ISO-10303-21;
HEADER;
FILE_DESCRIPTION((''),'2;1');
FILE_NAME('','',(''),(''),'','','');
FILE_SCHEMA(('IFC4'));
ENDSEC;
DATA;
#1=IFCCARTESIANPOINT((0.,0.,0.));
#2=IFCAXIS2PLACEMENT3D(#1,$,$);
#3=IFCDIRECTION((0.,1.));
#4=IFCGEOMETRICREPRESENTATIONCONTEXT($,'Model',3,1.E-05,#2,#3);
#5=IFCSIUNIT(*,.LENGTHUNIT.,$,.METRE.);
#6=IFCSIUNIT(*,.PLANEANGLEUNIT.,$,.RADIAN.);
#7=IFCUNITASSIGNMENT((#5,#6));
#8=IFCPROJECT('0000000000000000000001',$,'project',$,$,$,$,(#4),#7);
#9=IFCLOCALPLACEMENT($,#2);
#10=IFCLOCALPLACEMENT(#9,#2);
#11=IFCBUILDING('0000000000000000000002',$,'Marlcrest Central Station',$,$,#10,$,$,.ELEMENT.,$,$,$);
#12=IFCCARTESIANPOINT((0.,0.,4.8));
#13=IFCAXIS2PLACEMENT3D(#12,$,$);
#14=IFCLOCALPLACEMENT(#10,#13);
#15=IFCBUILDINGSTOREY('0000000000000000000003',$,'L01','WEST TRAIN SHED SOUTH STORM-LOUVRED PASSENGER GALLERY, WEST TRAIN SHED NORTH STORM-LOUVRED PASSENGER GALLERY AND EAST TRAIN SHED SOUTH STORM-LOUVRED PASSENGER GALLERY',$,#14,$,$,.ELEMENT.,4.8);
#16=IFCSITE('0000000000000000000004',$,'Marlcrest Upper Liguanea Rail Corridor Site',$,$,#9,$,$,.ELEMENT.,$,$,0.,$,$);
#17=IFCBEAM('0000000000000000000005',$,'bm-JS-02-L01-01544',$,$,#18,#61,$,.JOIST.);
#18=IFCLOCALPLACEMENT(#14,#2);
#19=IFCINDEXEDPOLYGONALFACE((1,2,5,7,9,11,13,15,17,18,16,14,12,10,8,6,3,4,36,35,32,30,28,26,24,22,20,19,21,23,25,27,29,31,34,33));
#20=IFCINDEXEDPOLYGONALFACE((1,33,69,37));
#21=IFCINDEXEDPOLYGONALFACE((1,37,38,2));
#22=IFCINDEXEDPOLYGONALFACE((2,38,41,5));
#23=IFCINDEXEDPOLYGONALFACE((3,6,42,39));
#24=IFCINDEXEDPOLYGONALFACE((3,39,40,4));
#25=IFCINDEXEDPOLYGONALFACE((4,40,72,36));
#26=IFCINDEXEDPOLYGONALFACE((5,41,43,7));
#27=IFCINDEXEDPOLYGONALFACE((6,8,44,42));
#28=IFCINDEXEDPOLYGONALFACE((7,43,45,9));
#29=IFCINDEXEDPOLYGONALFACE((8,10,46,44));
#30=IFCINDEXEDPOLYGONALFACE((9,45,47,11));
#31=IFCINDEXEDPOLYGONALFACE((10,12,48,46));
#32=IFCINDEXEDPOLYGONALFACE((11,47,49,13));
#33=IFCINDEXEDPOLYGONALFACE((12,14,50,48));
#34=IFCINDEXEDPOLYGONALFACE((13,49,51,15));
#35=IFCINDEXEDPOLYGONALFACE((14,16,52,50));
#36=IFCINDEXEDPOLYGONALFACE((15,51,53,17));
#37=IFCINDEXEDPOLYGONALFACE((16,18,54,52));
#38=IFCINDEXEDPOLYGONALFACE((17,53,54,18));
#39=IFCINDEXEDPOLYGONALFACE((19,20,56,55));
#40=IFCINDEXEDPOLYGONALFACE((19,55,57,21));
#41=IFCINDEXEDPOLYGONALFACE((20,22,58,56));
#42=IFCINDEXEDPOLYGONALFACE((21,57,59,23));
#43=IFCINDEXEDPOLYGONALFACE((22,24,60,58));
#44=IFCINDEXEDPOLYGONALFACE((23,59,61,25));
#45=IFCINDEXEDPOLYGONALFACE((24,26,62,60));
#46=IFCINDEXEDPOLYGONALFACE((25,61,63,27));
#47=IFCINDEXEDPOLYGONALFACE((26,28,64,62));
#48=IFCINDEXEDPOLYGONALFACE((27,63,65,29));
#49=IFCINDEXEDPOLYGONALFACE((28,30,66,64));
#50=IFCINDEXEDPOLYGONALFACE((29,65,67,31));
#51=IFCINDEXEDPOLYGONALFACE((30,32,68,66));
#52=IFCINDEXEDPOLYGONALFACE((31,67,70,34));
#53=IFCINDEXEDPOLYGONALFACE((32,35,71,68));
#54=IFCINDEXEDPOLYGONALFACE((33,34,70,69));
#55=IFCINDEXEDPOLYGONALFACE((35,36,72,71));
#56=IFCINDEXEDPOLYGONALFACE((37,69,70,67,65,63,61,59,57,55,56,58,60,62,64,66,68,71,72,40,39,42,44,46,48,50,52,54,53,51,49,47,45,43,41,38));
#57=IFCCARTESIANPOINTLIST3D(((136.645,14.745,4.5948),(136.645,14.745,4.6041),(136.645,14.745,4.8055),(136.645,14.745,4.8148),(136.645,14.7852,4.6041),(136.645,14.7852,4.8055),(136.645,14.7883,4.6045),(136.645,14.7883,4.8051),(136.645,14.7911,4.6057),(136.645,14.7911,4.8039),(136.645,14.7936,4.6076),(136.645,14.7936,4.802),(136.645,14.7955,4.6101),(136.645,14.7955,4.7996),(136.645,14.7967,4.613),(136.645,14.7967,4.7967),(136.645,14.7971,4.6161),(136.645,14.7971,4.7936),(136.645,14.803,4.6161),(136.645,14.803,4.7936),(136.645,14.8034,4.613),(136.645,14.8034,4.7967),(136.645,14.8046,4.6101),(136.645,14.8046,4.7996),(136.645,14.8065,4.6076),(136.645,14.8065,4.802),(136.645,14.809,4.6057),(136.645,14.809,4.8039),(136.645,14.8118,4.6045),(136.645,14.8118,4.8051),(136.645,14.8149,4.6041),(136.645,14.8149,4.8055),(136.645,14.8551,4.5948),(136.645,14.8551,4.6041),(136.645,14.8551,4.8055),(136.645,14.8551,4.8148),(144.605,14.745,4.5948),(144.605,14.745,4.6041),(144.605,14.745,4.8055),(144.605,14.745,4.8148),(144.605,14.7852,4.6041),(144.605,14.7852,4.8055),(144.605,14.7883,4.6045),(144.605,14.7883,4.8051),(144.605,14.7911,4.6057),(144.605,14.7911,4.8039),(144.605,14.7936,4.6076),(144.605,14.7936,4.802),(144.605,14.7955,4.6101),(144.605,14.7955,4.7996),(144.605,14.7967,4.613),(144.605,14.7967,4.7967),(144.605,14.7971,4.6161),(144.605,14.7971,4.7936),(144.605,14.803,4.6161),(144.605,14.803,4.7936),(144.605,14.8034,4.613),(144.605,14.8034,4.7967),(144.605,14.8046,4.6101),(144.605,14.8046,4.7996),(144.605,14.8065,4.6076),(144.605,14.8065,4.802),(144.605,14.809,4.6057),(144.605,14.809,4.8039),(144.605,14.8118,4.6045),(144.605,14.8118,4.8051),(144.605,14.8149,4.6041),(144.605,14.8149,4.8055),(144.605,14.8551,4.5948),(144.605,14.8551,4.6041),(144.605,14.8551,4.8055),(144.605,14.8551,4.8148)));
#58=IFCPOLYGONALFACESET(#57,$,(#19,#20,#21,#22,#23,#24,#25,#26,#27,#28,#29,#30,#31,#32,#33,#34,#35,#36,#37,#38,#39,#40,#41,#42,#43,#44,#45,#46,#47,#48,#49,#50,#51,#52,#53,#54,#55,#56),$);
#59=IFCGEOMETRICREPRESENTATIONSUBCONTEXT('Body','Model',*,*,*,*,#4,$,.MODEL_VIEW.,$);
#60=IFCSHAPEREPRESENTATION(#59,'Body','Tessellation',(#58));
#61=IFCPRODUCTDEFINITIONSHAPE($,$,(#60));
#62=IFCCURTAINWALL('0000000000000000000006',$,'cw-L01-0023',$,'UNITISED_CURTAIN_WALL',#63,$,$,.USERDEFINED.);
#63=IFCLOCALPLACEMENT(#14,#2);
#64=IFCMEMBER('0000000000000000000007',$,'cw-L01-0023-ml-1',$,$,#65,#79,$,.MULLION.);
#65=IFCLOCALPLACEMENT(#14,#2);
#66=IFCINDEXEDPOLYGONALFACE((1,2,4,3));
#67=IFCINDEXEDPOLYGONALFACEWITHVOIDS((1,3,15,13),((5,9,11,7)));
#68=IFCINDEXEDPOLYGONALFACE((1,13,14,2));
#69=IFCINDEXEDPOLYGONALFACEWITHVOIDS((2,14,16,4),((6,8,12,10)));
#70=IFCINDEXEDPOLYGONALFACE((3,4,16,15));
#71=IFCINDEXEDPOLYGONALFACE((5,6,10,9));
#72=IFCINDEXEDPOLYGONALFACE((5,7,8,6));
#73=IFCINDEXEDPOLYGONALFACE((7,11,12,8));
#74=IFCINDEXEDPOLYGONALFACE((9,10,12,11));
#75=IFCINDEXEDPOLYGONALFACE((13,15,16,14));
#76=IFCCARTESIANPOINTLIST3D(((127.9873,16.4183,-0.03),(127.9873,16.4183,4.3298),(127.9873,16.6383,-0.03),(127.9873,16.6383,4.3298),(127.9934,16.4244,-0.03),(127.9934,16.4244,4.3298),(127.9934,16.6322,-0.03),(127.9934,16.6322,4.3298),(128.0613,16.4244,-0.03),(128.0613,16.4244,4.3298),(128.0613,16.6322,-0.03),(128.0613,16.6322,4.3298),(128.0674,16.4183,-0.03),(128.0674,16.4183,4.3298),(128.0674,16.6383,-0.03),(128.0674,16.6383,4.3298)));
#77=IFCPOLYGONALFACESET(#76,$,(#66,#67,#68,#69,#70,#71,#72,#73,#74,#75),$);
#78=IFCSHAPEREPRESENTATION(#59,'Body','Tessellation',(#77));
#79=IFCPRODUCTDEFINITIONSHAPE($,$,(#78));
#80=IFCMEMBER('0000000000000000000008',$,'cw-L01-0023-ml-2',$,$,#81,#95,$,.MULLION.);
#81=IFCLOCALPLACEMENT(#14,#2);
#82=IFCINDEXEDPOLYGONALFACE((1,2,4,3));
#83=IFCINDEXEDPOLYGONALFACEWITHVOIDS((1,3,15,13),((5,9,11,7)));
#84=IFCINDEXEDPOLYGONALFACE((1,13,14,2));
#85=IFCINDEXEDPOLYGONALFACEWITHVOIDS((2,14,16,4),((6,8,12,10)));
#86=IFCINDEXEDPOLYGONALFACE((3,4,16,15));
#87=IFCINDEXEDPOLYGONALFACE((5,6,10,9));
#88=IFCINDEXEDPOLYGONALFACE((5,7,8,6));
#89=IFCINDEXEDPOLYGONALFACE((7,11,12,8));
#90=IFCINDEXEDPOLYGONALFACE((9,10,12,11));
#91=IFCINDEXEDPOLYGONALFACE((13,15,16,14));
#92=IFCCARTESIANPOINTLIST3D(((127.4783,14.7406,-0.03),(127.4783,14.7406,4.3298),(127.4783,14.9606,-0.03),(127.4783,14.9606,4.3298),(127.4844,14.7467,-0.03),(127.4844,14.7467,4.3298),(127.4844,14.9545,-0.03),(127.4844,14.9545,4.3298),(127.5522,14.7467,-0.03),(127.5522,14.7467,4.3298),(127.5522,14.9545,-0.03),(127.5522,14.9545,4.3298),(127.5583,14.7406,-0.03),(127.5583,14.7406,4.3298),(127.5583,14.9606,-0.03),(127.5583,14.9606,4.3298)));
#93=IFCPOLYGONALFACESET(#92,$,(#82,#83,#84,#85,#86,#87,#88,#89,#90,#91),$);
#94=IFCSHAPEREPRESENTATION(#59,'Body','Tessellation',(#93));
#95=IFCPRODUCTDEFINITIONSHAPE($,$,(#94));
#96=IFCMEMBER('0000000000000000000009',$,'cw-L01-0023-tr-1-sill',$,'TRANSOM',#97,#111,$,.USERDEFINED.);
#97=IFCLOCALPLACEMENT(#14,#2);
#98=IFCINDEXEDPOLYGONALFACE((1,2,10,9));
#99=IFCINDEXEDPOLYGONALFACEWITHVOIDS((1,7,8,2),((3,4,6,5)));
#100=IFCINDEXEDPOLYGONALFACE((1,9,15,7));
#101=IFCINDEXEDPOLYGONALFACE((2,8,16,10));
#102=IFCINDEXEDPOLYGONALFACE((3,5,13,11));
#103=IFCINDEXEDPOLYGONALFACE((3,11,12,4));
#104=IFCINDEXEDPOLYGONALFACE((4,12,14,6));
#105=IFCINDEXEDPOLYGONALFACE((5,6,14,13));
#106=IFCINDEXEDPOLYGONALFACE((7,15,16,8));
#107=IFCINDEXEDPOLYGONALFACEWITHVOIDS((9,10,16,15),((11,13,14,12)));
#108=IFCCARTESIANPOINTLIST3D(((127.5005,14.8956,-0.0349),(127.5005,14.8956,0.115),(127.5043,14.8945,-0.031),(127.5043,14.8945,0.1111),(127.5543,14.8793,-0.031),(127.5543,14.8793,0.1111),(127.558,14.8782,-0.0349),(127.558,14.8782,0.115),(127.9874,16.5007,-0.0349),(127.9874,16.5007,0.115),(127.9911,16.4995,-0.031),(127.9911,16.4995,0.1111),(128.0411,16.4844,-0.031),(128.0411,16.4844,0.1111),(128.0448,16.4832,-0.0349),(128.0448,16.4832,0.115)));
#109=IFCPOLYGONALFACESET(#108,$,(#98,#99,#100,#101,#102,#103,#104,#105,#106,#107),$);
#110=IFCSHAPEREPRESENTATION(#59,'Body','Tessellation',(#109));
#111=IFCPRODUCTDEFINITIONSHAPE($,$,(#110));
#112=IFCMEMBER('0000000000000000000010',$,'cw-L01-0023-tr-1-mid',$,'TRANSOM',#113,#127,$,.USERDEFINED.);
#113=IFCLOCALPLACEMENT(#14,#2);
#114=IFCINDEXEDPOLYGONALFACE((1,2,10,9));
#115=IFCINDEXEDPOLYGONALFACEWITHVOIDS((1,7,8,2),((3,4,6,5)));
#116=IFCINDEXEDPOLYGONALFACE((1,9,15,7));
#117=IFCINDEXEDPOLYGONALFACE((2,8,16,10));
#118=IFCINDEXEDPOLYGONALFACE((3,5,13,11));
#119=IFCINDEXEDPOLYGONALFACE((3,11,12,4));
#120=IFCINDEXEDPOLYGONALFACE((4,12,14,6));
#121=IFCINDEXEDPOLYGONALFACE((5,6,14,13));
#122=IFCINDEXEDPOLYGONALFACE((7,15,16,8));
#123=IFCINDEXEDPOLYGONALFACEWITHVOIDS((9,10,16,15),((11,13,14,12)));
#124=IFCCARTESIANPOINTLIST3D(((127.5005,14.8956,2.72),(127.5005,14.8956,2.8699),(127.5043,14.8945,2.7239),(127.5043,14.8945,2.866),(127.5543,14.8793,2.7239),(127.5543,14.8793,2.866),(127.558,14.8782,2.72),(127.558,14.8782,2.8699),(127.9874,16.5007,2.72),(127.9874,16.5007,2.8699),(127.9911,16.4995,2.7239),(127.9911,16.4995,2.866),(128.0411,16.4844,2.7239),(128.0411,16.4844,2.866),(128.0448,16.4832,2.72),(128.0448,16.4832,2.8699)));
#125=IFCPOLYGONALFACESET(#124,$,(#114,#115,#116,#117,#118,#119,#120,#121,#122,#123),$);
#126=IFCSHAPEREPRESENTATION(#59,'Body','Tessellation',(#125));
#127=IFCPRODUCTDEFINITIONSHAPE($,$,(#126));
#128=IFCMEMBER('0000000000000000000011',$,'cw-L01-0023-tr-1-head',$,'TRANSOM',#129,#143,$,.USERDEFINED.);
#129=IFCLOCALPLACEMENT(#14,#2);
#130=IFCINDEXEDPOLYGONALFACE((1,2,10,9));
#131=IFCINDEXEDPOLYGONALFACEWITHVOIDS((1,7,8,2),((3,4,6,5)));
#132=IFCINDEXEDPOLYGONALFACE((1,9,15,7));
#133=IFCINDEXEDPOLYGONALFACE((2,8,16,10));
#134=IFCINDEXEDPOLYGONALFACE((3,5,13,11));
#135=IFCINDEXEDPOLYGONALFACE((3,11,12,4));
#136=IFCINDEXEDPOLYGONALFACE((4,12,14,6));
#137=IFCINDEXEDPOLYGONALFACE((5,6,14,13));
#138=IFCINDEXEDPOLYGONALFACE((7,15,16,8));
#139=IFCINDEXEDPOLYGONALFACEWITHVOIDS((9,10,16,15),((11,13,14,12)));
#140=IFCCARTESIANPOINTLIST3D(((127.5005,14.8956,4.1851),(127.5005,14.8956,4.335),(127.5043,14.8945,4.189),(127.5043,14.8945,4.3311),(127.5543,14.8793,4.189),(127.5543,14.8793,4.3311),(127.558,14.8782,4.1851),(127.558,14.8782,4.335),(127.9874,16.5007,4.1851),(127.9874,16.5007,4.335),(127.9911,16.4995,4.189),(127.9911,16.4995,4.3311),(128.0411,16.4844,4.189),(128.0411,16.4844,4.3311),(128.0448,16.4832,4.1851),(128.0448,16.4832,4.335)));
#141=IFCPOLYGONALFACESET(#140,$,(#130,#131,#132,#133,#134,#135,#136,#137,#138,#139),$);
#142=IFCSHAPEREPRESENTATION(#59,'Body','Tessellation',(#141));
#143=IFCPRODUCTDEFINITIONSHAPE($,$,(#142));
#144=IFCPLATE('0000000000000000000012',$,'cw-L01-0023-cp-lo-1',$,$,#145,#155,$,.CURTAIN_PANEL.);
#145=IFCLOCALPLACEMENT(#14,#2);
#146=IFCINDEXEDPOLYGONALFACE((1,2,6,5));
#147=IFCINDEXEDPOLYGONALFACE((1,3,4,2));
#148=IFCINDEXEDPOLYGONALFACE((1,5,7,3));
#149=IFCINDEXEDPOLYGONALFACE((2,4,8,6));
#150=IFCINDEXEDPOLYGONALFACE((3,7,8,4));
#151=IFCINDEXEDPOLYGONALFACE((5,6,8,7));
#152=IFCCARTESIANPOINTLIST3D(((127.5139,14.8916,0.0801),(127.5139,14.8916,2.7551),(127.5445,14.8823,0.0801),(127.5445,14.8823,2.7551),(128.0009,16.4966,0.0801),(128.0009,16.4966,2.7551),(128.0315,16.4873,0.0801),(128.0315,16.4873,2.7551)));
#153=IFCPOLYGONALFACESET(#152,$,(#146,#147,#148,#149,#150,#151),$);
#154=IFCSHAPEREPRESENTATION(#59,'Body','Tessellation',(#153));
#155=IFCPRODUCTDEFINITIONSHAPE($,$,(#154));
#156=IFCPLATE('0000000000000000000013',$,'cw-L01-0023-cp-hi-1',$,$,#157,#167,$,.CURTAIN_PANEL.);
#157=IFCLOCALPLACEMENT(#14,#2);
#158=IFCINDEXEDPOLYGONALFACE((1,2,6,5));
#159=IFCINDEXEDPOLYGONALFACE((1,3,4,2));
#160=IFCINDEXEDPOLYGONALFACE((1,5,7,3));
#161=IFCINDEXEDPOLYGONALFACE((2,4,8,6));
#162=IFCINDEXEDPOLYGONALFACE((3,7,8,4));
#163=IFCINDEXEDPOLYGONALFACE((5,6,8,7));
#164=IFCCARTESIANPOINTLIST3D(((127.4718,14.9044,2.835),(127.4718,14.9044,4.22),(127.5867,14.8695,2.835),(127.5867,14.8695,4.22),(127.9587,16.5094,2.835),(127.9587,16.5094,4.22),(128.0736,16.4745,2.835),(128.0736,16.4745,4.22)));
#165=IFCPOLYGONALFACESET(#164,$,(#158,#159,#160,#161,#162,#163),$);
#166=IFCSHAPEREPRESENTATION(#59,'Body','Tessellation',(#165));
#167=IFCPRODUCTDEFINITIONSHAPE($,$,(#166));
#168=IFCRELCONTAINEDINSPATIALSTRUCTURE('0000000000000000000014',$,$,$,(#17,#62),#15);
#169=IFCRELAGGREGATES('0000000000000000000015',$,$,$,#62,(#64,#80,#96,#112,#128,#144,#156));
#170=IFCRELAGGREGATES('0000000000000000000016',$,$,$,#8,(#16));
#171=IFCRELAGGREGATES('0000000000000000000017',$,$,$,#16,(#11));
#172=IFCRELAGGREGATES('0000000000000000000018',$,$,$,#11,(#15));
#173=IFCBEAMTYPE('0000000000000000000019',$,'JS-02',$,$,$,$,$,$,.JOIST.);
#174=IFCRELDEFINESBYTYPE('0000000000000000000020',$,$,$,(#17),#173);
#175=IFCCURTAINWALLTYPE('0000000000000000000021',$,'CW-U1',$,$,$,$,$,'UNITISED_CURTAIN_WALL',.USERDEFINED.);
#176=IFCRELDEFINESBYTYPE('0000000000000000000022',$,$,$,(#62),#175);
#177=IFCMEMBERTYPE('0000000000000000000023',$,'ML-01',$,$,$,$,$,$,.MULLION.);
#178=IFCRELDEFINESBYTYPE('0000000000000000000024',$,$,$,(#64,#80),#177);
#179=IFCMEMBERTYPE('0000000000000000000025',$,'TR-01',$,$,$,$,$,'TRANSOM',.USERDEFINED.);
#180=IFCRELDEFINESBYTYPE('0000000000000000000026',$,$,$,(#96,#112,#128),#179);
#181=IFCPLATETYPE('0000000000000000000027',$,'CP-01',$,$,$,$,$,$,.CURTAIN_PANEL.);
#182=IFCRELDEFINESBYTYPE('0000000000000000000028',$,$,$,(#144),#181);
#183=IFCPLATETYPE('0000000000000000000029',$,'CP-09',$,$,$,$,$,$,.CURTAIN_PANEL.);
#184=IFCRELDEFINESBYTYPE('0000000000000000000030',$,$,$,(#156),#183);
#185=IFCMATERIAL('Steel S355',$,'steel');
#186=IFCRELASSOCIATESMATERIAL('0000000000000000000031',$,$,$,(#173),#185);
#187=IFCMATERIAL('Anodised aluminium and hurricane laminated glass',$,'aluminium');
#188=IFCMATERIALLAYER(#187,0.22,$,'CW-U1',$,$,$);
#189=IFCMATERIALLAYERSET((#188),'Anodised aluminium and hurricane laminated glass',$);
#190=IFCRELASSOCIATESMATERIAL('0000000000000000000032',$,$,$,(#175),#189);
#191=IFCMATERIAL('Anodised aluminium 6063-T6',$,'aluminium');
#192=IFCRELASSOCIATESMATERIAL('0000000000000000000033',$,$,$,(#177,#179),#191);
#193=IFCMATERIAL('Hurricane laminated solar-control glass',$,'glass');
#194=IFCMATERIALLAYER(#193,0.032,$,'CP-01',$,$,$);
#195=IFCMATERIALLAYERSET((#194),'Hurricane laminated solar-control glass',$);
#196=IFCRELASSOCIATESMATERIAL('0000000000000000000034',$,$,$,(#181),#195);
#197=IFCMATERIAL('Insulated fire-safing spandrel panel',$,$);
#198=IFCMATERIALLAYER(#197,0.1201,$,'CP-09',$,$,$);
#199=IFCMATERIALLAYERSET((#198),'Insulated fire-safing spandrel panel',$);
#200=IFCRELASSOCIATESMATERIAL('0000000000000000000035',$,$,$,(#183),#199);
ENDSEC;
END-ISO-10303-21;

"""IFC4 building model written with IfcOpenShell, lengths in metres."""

from ifc_helpers import new_model, si_unit, direction, frame, origin, origin_2d, place, context, subcontext, project, spatial, rectangle, hollow_rectangle, i_section, extrude, material, layer, layer_set, material_profile, profile_set, type_object, element, aggregate, save


model = new_model("IFC4")

# Units and contexts
model_context = context("Model", 3, precision=1e-05, world=origin(), true_north=direction((0.0, 1.0)))
body_context = subcontext(model_context, "Body", "Model", "MODEL_VIEW")
ifc_project = project(units=[si_unit("LENGTHUNIT", "METRE"), si_unit("PLANEANGLEUNIT", "RADIAN")], contexts=[model_context])

# Site, building, storey
site_placement = place(None, origin())
site = spatial("IfcSite", under=ifc_project, at=site_placement, Name="Marlcrest Upper Liguanea Rail Corridor Site", CompositionType="ELEMENT", RefElevation=0.0)
building_placement = place(site_placement, origin())
building = spatial("IfcBuilding", under=site, at=building_placement, Name="Marlcrest Central Station", CompositionType="ELEMENT")
storey_placement = place(building_placement, frame((0.0, 0.0, 4.8)))
storey = spatial("IfcBuildingStorey", under=building, at=storey_placement, Name="L01", Description="WEST TRAIN SHED SOUTH STORM-LOUVRED PASSENGER GALLERY, WEST TRAIN SHED NORTH STORM-LOUVRED PASSENGER GALLERY AND EAST TRAIN SHED SOUTH STORM-LOUVRED PASSENGER GALLERY", CompositionType="ELEMENT", Elevation=4.8)

# Shared definitions
ifc_material_1 = material(Name="Steel S355", Category="steel")

# Beam
ifc_material_profile_1 = material_profile(ifc_material_1, i_section(OverallWidth=0.1101, OverallDepth=0.22, WebThickness=0.0059, FlangeThickness=0.0093, FilletRadius=0.012, at=origin_2d()), Name="IPE 220")
ifc_profile_set_1 = profile_set([ifc_material_profile_1], Name="Steel S355")
beam_type_1 = type_object("IfcBeamType", Name="JS-02", PredefinedType="JOIST", material=ifc_profile_set_1)
beam_1_placement = place(storey_placement, frame((136.645, 14.8, 4.7048), z_axis=(1.0, 0.0, 0.0), x_axis=(0.0, 1.0, 0.0)))
element("IfcBeam", 1, at=beam_1_placement, inside=storey, type_object=beam_type_1, Name="bm-JS-02-L01-01544", PredefinedType="JOIST", context=body_context, shape_type="SweptSolid", body=[
    extrude(i_section(OverallWidth=0.1101, OverallDepth=0.22, WebThickness=0.0059, FlangeThickness=0.0093, FilletRadius=0.012, at=origin_2d()), origin(), (0.0, 0.0, 1.0), 7.96),
])

# Curtain wall, members, plates
ifc_material_2 = material(Name="Anodised aluminium and hurricane laminated glass", Category="aluminium")
ifc_layer_1 = layer(ifc_material_2, 0.22, Name="CW-U1")
ifc_layer_set_1 = layer_set([ifc_layer_1], Name="Anodised aluminium and hurricane laminated glass")
curtain_wall_type = type_object("IfcCurtainWallType", Name="CW-U1", ElementType="UNITISED_CURTAIN_WALL", PredefinedType="USERDEFINED", material=ifc_layer_set_1)
curtain_wall_placement = place(storey_placement, origin())
curtain_wall = element("IfcCurtainWall", 2, at=curtain_wall_placement, inside=storey, type_object=curtain_wall_type, Name="cw-L01-0023", ObjectType="UNITISED_CURTAIN_WALL", PredefinedType="USERDEFINED")
ifc_material_3 = material(Name="Anodised aluminium 6063-T6", Category="aluminium")
ifc_material_profile_2 = material_profile(ifc_material_3, hollow_rectangle(XDim=0.0801, YDim=0.22, WallThickness=0.0061, at=origin_2d()), Name="AA-RHS 220x80x6")
ifc_profile_set_2 = profile_set([ifc_material_profile_2], Name="Anodised aluminium 6063-T6")
member_type_1 = type_object("IfcMemberType", Name="ML-01", PredefinedType="MULLION", material=ifc_profile_set_2)
member_1_placement = place(storey_placement, frame((128.0273, 16.5283, -0.03), z_axis=(0.0, 0.0, 1.0), x_axis=(1.0, 0.0, 0.0)))
member_1 = element("IfcMember", 3, at=member_1_placement, type_object=member_type_1, Name="cw-L01-0023-ml-1", PredefinedType="MULLION", context=body_context, shape_type="SweptSolid", body=[
    extrude(hollow_rectangle(XDim=0.0801, YDim=0.22, WallThickness=0.0061, at=origin_2d()), origin(), (0.0, 0.0, 1.0), 4.3599),
])
member_2_placement = place(storey_placement, frame((127.5183, 14.8506, -0.03), z_axis=(0.0, 0.0, 1.0), x_axis=(1.0, 0.0, 0.0)))
member_2 = element("IfcMember", 4, at=member_2_placement, type_object=member_type_1, Name="cw-L01-0023-ml-2", PredefinedType="MULLION", context=body_context, shape_type="SweptSolid", body=[
    extrude(hollow_rectangle(XDim=0.0801, YDim=0.22, WallThickness=0.0061, at=origin_2d()), origin(), (0.0, 0.0, 1.0), 4.3599),
])
ifc_material_profile_3 = material_profile(ifc_material_3, hollow_rectangle(XDim=0.0601, YDim=0.1499, WallThickness=0.0039, at=origin_2d()), Name="AA-RHS 150x60x4")
ifc_profile_set_3 = profile_set([ifc_material_profile_3], Name="Anodised aluminium 6063-T6")
member_type_2 = type_object("IfcMemberType", Name="TR-01", ElementType="TRANSOM", PredefinedType="USERDEFINED", material=ifc_profile_set_3)
member_3_placement = place(storey_placement, frame((128.0161, 16.4919, 0.04), z_axis=(-0.290258, -0.956948, 0.0), x_axis=(0.956948, -0.290258, 0.0)))
member_3 = element("IfcMember", 5, at=member_3_placement, type_object=member_type_2, Name="cw-L01-0023-tr-1-sill", ObjectType="TRANSOM", PredefinedType="USERDEFINED", context=body_context, shape_type="SweptSolid", body=[
    extrude(hollow_rectangle(XDim=0.0601, YDim=0.1499, WallThickness=0.0039, at=origin_2d()), origin(), (0.0, 0.0, 1.0), 1.6772),
])
member_4_placement = place(storey_placement, frame((128.0161, 16.4919, 2.7949), z_axis=(-0.290258, -0.956948, 0.0), x_axis=(0.956948, -0.290258, 0.0)))
member_4 = element("IfcMember", 6, at=member_4_placement, type_object=member_type_2, Name="cw-L01-0023-tr-1-mid", ObjectType="TRANSOM", PredefinedType="USERDEFINED", context=body_context, shape_type="SweptSolid", body=[
    extrude(hollow_rectangle(XDim=0.0601, YDim=0.1499, WallThickness=0.0039, at=origin_2d()), origin(), (0.0, 0.0, 1.0), 1.6772),
])
member_5_placement = place(storey_placement, frame((128.0161, 16.4919, 4.26), z_axis=(-0.290258, -0.956948, 0.0), x_axis=(0.956948, -0.290258, 0.0)))
member_5 = element("IfcMember", 7, at=member_5_placement, type_object=member_type_2, Name="cw-L01-0023-tr-1-head", ObjectType="TRANSOM", PredefinedType="USERDEFINED", context=body_context, shape_type="SweptSolid", body=[
    extrude(hollow_rectangle(XDim=0.0601, YDim=0.1499, WallThickness=0.0039, at=origin_2d()), origin(), (0.0, 0.0, 1.0), 1.6772),
])
ifc_material_4 = material(Name="Hurricane laminated solar-control glass", Category="glass")
ifc_layer_2 = layer(ifc_material_4, 0.032, Name="CP-01")
ifc_layer_set_2 = layer_set([ifc_layer_2], Name="Hurricane laminated solar-control glass")
plate_type_1 = type_object("IfcPlateType", Name="CP-01", PredefinedType="CURTAIN_PANEL", material=ifc_layer_set_2)
plate_1_placement = place(storey_placement, frame((127.7727, 15.6895, 0.0801), z_axis=(0.0, 0.0, 1.0), x_axis=(-0.290318, -0.95693, 0.0)))
plate_1 = element("IfcPlate", 8, at=plate_1_placement, type_object=plate_type_1, Name="cw-L01-0023-cp-lo-1", PredefinedType="CURTAIN_PANEL", context=body_context, shape_type="SweptSolid", body=[
    extrude(rectangle(XDim=1.6772, YDim=0.032, at=origin_2d()), origin(), (0.0, 0.0, 1.0), 2.675),
])
ifc_material_5 = material(Name="Insulated fire-safing spandrel panel")
ifc_layer_3 = layer(ifc_material_5, 0.1201, Name="CP-09")
ifc_layer_set_3 = layer_set([ifc_layer_3], Name="Insulated fire-safing spandrel panel")
plate_type_2 = type_object("IfcPlateType", Name="CP-09", PredefinedType="CURTAIN_PANEL", material=ifc_layer_set_3)
plate_2_placement = place(storey_placement, frame((127.7727, 15.6895, 2.835), z_axis=(0.0, 0.0, 1.0), x_axis=(-0.290318, -0.95693, 0.0)))
plate_2 = element("IfcPlate", 9, at=plate_2_placement, type_object=plate_type_2, Name="cw-L01-0023-cp-hi-1", PredefinedType="CURTAIN_PANEL", context=body_context, shape_type="SweptSolid", body=[
    extrude(rectangle(XDim=1.6772, YDim=0.1201, at=origin_2d()), origin(), (0.0, 0.0, 1.0), 1.385),
])
aggregate(curtain_wall, [member_1, member_2, member_3, member_4, member_5, plate_1, plate_2])

save(model, "model.ifc")
